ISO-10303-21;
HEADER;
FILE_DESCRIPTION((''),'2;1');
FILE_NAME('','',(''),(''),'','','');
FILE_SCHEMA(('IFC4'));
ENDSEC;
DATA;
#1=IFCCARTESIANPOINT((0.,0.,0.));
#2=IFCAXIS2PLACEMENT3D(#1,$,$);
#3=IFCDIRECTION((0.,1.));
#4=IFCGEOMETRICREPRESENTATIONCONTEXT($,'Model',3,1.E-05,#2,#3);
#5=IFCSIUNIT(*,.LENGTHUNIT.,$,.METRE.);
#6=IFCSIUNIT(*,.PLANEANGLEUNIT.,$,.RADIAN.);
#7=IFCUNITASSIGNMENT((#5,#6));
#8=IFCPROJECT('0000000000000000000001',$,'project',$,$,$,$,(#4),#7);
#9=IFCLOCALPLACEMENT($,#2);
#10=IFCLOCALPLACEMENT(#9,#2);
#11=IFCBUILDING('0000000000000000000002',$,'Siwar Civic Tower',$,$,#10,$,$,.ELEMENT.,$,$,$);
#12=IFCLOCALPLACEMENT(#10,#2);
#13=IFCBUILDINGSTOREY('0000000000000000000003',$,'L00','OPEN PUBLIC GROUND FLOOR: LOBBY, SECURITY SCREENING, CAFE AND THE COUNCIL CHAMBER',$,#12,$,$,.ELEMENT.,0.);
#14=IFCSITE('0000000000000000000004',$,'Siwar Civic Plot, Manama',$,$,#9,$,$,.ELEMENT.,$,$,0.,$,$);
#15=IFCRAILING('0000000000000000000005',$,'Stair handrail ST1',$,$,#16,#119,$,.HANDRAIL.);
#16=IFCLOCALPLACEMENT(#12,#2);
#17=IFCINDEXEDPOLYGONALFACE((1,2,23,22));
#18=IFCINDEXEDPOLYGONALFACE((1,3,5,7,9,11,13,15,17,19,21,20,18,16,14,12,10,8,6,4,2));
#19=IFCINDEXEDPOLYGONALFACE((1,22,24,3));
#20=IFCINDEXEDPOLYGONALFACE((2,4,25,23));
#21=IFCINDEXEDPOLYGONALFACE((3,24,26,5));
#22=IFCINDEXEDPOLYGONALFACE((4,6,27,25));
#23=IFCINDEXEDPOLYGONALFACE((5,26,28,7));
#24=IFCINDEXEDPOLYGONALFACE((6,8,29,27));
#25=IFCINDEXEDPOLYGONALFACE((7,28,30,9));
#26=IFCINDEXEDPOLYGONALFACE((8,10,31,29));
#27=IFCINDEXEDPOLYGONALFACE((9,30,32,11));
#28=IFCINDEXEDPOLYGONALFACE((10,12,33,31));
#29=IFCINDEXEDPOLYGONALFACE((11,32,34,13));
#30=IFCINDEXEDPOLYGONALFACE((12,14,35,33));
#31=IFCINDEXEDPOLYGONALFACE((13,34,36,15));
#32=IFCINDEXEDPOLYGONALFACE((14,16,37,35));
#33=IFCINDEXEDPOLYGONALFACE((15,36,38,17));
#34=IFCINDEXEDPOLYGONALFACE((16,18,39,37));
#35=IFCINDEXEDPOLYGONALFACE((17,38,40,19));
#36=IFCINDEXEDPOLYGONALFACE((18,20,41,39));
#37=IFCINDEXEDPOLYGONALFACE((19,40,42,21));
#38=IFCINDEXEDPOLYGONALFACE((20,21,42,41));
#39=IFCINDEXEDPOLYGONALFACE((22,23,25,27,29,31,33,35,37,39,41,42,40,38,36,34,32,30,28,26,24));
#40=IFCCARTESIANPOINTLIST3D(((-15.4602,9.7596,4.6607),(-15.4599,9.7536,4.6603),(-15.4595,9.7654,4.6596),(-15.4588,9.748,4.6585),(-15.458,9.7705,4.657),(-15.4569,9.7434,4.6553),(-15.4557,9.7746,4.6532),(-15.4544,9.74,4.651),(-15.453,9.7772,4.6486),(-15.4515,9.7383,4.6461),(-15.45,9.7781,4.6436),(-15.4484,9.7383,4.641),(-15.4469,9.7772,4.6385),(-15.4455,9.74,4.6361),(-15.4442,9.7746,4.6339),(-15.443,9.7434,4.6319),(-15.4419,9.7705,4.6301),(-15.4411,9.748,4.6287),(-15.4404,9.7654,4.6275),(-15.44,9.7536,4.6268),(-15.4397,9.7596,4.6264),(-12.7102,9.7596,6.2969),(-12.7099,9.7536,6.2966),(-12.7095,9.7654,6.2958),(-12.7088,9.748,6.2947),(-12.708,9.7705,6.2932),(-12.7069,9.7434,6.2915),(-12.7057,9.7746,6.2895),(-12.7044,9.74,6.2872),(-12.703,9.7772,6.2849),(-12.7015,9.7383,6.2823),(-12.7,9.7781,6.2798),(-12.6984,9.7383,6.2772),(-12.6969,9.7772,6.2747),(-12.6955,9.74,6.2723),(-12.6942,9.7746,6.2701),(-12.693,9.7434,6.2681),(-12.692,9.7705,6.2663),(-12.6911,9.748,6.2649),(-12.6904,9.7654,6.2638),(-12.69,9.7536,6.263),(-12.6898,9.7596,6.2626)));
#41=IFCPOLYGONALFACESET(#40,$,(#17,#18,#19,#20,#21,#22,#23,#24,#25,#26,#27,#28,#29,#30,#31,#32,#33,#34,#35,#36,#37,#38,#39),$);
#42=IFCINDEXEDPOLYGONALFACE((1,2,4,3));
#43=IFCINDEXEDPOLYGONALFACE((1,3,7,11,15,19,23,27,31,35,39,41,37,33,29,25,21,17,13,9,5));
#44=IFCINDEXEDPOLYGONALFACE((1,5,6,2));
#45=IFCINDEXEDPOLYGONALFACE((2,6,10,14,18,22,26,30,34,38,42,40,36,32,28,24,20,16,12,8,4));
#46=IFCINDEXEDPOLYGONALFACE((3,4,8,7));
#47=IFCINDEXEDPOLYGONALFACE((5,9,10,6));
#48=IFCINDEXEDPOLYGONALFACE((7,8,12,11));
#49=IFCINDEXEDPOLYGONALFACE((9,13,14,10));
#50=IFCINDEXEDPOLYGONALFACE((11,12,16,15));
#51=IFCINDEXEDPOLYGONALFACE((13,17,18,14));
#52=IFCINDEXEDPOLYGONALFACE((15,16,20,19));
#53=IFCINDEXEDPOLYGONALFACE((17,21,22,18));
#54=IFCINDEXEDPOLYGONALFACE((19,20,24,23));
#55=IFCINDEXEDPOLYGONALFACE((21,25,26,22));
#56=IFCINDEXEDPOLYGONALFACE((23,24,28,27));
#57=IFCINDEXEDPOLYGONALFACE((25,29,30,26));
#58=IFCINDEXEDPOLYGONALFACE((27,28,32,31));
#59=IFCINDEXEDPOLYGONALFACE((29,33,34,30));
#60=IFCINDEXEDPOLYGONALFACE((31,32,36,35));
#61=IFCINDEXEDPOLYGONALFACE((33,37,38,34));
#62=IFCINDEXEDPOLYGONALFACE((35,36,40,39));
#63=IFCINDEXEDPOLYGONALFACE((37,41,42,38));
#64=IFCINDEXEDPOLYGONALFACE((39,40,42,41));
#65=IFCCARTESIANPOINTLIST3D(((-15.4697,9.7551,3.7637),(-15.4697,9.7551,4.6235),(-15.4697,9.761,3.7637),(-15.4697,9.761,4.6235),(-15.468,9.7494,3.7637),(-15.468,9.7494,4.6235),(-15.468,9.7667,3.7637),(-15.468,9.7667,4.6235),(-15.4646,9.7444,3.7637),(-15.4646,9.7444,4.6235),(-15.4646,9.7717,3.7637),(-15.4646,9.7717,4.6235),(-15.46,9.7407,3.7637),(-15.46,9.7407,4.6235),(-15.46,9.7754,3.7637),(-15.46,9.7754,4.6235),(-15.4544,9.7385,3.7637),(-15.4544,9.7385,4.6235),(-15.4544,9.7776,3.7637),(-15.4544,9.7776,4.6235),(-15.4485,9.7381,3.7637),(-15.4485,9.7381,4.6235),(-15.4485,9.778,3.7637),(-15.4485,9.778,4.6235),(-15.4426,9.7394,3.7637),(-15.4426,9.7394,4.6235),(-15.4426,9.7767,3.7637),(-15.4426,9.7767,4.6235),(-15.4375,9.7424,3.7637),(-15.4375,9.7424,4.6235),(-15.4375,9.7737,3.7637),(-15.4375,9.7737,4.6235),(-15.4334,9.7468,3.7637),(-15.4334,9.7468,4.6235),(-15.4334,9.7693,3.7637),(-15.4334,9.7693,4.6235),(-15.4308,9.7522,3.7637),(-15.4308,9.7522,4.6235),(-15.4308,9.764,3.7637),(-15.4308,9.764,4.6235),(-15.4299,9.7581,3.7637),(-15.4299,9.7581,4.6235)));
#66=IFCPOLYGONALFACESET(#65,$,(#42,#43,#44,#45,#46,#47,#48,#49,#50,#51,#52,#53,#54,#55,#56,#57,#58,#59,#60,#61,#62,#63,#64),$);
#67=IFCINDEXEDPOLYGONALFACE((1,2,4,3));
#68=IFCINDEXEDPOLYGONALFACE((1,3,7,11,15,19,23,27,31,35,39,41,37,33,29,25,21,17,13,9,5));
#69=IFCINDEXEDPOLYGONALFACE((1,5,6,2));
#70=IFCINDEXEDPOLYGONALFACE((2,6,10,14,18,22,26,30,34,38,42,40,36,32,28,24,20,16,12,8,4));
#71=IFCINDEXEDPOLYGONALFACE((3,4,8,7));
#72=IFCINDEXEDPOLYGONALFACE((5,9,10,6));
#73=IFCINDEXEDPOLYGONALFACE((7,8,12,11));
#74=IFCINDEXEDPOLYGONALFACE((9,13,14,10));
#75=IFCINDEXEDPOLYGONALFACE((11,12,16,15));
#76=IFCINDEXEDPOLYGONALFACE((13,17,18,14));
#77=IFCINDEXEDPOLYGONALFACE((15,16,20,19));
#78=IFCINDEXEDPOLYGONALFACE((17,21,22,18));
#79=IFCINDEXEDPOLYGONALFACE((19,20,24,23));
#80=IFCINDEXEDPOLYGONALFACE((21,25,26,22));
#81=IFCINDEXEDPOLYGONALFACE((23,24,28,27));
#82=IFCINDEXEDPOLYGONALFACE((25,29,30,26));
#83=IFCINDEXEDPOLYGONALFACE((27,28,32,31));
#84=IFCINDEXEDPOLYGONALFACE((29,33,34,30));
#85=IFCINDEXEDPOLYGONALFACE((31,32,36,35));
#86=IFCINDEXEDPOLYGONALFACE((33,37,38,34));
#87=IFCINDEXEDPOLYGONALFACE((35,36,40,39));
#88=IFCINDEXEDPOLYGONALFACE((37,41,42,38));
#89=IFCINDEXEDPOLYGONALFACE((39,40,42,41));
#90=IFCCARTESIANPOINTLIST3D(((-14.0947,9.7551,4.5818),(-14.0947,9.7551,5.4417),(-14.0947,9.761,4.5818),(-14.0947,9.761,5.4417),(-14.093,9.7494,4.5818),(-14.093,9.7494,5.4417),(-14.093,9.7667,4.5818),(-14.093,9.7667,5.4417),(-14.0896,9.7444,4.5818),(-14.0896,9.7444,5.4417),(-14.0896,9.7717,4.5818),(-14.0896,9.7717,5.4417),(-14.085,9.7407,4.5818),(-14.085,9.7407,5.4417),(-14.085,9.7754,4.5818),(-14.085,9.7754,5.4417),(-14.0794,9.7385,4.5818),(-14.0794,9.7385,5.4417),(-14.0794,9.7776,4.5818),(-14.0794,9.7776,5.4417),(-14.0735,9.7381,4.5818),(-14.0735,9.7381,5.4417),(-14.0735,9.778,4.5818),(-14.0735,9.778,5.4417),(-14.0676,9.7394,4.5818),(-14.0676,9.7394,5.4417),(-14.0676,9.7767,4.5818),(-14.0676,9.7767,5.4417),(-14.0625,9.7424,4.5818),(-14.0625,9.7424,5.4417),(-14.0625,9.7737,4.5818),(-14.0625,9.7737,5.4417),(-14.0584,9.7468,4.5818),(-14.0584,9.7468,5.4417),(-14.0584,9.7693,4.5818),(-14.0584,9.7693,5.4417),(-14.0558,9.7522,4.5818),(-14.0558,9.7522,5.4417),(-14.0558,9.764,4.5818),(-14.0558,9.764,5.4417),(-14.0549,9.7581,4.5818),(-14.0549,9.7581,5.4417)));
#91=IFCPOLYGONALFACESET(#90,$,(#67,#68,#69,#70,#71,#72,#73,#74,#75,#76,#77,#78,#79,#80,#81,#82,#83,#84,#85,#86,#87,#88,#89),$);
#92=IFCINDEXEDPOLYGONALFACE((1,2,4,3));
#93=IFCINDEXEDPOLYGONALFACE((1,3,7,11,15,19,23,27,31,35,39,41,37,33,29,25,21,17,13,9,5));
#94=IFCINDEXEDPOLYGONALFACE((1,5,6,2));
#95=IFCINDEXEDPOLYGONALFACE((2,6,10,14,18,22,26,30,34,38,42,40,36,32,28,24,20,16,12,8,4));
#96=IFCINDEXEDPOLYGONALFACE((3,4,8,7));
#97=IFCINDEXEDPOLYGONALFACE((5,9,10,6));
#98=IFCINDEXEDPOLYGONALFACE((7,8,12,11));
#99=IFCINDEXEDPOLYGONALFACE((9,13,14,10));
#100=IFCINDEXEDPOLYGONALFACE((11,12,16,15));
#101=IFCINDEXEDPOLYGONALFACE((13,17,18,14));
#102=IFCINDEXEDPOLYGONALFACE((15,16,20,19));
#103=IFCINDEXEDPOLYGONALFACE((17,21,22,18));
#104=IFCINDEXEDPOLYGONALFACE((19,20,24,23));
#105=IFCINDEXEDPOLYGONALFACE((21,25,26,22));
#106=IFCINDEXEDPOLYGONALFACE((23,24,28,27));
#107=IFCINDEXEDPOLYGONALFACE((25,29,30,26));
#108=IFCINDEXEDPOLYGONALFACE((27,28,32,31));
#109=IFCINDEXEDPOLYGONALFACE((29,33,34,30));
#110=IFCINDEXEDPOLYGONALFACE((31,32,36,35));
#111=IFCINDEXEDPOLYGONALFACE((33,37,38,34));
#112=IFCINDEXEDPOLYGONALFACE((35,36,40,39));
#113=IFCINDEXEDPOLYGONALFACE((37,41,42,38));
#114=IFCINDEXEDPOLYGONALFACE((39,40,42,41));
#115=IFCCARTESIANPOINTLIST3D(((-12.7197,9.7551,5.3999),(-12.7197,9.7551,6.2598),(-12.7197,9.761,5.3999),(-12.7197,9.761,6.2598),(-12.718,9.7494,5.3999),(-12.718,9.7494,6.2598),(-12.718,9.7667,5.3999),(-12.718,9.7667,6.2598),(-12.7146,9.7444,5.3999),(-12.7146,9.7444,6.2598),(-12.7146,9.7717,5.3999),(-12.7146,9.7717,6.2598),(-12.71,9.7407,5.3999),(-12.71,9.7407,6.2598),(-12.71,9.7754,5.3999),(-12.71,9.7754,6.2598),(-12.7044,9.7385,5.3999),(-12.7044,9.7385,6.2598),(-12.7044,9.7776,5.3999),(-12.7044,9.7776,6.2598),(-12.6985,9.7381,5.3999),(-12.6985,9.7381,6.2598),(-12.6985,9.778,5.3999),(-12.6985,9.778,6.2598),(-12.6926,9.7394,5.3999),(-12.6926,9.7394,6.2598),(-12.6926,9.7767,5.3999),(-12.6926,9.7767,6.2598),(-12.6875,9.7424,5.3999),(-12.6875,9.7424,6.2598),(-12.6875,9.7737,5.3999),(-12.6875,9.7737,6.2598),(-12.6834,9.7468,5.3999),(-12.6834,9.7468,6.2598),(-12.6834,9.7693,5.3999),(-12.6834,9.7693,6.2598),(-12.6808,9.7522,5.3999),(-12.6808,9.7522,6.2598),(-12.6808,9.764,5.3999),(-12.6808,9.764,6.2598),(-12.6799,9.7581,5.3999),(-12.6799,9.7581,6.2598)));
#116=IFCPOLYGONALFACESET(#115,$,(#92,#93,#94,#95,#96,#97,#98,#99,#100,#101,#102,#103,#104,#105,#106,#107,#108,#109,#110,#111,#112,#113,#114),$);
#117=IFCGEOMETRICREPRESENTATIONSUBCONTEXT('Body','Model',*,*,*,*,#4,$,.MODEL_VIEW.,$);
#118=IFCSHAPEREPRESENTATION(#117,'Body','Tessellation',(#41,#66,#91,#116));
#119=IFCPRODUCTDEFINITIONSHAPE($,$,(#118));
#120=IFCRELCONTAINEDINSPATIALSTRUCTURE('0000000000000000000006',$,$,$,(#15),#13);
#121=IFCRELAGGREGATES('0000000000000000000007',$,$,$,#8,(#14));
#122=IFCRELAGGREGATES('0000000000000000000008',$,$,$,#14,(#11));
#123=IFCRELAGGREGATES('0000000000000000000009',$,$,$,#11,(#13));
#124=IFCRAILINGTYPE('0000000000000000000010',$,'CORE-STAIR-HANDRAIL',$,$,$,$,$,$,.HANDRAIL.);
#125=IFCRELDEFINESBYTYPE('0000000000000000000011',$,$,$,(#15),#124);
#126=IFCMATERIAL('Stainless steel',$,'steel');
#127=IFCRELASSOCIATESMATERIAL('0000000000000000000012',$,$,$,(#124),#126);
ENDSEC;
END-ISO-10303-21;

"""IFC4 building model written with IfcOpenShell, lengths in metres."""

from ifc_helpers import new_model, si_unit, direction, frame, origin, origin_2d, place, context, subcontext, project, spatial, circle, extrude, material, type_object, element, save


model = new_model("IFC4")

# Units and contexts
model_context = context("Model", 3, precision=1e-05, world=origin(), true_north=direction((0.0, 1.0)))
body_context = subcontext(model_context, "Body", "Model", "MODEL_VIEW")
ifc_project = project(units=[si_unit("LENGTHUNIT", "METRE"), si_unit("PLANEANGLEUNIT", "RADIAN")], contexts=[model_context])

# Site, building, storey
site_placement = place(None, origin())
site = spatial("IfcSite", under=ifc_project, at=site_placement, Name="Siwar Civic Plot, Manama", CompositionType="ELEMENT", RefElevation=0.0)
building_placement = place(site_placement, origin())
building = spatial("IfcBuilding", under=site, at=building_placement, Name="Siwar Civic Tower", CompositionType="ELEMENT")
storey_placement = place(building_placement, origin())
storey = spatial("IfcBuildingStorey", under=building, at=storey_placement, Name="L00", Description="OPEN PUBLIC GROUND FLOOR: LOBBY, SECURITY SCREENING, CAFE AND THE COUNCIL CHAMBER", CompositionType="ELEMENT", Elevation=0.0)

# Railing
ifc_material_1 = material(Name="Stainless steel", Category="steel")
railing_type_1 = type_object("IfcRailingType", Name="CORE-STAIR-HANDRAIL", PredefinedType="HANDRAIL", material=ifc_material_1)
railing_1_placement = place(storey_placement, frame((-15.45, 9.7581, 3.7637)))
element("IfcRailing", 1, at=railing_1_placement, inside=storey, type_object=railing_type_1, Name="Stair handrail ST1", PredefinedType="HANDRAIL", context=body_context, shape_type="SweptSolid", body=[
    extrude(circle(Radius=0.02, at=origin_2d()), frame((0.0, 0.0, 0.8799), z_axis=(0.859385, 0.0, 0.511328), x_axis=(0.0, 1.0, 0.0)), (0.0, 0.0, 1.0), 3.2),
    extrude(circle(Radius=0.02, at=origin_2d()), origin(), (0.0, 0.0, 1.0), 0.8599),
    extrude(circle(Radius=0.02, at=origin_2d()), frame((1.375, 0.0, 0.8181)), (0.0, 0.0, 1.0), 0.8599),
    extrude(circle(Radius=0.02, at=origin_2d()), frame((2.75, 0.0, 1.6362)), (0.0, 0.0, 1.0), 0.8599),
])

save(model, "model.ifc")
